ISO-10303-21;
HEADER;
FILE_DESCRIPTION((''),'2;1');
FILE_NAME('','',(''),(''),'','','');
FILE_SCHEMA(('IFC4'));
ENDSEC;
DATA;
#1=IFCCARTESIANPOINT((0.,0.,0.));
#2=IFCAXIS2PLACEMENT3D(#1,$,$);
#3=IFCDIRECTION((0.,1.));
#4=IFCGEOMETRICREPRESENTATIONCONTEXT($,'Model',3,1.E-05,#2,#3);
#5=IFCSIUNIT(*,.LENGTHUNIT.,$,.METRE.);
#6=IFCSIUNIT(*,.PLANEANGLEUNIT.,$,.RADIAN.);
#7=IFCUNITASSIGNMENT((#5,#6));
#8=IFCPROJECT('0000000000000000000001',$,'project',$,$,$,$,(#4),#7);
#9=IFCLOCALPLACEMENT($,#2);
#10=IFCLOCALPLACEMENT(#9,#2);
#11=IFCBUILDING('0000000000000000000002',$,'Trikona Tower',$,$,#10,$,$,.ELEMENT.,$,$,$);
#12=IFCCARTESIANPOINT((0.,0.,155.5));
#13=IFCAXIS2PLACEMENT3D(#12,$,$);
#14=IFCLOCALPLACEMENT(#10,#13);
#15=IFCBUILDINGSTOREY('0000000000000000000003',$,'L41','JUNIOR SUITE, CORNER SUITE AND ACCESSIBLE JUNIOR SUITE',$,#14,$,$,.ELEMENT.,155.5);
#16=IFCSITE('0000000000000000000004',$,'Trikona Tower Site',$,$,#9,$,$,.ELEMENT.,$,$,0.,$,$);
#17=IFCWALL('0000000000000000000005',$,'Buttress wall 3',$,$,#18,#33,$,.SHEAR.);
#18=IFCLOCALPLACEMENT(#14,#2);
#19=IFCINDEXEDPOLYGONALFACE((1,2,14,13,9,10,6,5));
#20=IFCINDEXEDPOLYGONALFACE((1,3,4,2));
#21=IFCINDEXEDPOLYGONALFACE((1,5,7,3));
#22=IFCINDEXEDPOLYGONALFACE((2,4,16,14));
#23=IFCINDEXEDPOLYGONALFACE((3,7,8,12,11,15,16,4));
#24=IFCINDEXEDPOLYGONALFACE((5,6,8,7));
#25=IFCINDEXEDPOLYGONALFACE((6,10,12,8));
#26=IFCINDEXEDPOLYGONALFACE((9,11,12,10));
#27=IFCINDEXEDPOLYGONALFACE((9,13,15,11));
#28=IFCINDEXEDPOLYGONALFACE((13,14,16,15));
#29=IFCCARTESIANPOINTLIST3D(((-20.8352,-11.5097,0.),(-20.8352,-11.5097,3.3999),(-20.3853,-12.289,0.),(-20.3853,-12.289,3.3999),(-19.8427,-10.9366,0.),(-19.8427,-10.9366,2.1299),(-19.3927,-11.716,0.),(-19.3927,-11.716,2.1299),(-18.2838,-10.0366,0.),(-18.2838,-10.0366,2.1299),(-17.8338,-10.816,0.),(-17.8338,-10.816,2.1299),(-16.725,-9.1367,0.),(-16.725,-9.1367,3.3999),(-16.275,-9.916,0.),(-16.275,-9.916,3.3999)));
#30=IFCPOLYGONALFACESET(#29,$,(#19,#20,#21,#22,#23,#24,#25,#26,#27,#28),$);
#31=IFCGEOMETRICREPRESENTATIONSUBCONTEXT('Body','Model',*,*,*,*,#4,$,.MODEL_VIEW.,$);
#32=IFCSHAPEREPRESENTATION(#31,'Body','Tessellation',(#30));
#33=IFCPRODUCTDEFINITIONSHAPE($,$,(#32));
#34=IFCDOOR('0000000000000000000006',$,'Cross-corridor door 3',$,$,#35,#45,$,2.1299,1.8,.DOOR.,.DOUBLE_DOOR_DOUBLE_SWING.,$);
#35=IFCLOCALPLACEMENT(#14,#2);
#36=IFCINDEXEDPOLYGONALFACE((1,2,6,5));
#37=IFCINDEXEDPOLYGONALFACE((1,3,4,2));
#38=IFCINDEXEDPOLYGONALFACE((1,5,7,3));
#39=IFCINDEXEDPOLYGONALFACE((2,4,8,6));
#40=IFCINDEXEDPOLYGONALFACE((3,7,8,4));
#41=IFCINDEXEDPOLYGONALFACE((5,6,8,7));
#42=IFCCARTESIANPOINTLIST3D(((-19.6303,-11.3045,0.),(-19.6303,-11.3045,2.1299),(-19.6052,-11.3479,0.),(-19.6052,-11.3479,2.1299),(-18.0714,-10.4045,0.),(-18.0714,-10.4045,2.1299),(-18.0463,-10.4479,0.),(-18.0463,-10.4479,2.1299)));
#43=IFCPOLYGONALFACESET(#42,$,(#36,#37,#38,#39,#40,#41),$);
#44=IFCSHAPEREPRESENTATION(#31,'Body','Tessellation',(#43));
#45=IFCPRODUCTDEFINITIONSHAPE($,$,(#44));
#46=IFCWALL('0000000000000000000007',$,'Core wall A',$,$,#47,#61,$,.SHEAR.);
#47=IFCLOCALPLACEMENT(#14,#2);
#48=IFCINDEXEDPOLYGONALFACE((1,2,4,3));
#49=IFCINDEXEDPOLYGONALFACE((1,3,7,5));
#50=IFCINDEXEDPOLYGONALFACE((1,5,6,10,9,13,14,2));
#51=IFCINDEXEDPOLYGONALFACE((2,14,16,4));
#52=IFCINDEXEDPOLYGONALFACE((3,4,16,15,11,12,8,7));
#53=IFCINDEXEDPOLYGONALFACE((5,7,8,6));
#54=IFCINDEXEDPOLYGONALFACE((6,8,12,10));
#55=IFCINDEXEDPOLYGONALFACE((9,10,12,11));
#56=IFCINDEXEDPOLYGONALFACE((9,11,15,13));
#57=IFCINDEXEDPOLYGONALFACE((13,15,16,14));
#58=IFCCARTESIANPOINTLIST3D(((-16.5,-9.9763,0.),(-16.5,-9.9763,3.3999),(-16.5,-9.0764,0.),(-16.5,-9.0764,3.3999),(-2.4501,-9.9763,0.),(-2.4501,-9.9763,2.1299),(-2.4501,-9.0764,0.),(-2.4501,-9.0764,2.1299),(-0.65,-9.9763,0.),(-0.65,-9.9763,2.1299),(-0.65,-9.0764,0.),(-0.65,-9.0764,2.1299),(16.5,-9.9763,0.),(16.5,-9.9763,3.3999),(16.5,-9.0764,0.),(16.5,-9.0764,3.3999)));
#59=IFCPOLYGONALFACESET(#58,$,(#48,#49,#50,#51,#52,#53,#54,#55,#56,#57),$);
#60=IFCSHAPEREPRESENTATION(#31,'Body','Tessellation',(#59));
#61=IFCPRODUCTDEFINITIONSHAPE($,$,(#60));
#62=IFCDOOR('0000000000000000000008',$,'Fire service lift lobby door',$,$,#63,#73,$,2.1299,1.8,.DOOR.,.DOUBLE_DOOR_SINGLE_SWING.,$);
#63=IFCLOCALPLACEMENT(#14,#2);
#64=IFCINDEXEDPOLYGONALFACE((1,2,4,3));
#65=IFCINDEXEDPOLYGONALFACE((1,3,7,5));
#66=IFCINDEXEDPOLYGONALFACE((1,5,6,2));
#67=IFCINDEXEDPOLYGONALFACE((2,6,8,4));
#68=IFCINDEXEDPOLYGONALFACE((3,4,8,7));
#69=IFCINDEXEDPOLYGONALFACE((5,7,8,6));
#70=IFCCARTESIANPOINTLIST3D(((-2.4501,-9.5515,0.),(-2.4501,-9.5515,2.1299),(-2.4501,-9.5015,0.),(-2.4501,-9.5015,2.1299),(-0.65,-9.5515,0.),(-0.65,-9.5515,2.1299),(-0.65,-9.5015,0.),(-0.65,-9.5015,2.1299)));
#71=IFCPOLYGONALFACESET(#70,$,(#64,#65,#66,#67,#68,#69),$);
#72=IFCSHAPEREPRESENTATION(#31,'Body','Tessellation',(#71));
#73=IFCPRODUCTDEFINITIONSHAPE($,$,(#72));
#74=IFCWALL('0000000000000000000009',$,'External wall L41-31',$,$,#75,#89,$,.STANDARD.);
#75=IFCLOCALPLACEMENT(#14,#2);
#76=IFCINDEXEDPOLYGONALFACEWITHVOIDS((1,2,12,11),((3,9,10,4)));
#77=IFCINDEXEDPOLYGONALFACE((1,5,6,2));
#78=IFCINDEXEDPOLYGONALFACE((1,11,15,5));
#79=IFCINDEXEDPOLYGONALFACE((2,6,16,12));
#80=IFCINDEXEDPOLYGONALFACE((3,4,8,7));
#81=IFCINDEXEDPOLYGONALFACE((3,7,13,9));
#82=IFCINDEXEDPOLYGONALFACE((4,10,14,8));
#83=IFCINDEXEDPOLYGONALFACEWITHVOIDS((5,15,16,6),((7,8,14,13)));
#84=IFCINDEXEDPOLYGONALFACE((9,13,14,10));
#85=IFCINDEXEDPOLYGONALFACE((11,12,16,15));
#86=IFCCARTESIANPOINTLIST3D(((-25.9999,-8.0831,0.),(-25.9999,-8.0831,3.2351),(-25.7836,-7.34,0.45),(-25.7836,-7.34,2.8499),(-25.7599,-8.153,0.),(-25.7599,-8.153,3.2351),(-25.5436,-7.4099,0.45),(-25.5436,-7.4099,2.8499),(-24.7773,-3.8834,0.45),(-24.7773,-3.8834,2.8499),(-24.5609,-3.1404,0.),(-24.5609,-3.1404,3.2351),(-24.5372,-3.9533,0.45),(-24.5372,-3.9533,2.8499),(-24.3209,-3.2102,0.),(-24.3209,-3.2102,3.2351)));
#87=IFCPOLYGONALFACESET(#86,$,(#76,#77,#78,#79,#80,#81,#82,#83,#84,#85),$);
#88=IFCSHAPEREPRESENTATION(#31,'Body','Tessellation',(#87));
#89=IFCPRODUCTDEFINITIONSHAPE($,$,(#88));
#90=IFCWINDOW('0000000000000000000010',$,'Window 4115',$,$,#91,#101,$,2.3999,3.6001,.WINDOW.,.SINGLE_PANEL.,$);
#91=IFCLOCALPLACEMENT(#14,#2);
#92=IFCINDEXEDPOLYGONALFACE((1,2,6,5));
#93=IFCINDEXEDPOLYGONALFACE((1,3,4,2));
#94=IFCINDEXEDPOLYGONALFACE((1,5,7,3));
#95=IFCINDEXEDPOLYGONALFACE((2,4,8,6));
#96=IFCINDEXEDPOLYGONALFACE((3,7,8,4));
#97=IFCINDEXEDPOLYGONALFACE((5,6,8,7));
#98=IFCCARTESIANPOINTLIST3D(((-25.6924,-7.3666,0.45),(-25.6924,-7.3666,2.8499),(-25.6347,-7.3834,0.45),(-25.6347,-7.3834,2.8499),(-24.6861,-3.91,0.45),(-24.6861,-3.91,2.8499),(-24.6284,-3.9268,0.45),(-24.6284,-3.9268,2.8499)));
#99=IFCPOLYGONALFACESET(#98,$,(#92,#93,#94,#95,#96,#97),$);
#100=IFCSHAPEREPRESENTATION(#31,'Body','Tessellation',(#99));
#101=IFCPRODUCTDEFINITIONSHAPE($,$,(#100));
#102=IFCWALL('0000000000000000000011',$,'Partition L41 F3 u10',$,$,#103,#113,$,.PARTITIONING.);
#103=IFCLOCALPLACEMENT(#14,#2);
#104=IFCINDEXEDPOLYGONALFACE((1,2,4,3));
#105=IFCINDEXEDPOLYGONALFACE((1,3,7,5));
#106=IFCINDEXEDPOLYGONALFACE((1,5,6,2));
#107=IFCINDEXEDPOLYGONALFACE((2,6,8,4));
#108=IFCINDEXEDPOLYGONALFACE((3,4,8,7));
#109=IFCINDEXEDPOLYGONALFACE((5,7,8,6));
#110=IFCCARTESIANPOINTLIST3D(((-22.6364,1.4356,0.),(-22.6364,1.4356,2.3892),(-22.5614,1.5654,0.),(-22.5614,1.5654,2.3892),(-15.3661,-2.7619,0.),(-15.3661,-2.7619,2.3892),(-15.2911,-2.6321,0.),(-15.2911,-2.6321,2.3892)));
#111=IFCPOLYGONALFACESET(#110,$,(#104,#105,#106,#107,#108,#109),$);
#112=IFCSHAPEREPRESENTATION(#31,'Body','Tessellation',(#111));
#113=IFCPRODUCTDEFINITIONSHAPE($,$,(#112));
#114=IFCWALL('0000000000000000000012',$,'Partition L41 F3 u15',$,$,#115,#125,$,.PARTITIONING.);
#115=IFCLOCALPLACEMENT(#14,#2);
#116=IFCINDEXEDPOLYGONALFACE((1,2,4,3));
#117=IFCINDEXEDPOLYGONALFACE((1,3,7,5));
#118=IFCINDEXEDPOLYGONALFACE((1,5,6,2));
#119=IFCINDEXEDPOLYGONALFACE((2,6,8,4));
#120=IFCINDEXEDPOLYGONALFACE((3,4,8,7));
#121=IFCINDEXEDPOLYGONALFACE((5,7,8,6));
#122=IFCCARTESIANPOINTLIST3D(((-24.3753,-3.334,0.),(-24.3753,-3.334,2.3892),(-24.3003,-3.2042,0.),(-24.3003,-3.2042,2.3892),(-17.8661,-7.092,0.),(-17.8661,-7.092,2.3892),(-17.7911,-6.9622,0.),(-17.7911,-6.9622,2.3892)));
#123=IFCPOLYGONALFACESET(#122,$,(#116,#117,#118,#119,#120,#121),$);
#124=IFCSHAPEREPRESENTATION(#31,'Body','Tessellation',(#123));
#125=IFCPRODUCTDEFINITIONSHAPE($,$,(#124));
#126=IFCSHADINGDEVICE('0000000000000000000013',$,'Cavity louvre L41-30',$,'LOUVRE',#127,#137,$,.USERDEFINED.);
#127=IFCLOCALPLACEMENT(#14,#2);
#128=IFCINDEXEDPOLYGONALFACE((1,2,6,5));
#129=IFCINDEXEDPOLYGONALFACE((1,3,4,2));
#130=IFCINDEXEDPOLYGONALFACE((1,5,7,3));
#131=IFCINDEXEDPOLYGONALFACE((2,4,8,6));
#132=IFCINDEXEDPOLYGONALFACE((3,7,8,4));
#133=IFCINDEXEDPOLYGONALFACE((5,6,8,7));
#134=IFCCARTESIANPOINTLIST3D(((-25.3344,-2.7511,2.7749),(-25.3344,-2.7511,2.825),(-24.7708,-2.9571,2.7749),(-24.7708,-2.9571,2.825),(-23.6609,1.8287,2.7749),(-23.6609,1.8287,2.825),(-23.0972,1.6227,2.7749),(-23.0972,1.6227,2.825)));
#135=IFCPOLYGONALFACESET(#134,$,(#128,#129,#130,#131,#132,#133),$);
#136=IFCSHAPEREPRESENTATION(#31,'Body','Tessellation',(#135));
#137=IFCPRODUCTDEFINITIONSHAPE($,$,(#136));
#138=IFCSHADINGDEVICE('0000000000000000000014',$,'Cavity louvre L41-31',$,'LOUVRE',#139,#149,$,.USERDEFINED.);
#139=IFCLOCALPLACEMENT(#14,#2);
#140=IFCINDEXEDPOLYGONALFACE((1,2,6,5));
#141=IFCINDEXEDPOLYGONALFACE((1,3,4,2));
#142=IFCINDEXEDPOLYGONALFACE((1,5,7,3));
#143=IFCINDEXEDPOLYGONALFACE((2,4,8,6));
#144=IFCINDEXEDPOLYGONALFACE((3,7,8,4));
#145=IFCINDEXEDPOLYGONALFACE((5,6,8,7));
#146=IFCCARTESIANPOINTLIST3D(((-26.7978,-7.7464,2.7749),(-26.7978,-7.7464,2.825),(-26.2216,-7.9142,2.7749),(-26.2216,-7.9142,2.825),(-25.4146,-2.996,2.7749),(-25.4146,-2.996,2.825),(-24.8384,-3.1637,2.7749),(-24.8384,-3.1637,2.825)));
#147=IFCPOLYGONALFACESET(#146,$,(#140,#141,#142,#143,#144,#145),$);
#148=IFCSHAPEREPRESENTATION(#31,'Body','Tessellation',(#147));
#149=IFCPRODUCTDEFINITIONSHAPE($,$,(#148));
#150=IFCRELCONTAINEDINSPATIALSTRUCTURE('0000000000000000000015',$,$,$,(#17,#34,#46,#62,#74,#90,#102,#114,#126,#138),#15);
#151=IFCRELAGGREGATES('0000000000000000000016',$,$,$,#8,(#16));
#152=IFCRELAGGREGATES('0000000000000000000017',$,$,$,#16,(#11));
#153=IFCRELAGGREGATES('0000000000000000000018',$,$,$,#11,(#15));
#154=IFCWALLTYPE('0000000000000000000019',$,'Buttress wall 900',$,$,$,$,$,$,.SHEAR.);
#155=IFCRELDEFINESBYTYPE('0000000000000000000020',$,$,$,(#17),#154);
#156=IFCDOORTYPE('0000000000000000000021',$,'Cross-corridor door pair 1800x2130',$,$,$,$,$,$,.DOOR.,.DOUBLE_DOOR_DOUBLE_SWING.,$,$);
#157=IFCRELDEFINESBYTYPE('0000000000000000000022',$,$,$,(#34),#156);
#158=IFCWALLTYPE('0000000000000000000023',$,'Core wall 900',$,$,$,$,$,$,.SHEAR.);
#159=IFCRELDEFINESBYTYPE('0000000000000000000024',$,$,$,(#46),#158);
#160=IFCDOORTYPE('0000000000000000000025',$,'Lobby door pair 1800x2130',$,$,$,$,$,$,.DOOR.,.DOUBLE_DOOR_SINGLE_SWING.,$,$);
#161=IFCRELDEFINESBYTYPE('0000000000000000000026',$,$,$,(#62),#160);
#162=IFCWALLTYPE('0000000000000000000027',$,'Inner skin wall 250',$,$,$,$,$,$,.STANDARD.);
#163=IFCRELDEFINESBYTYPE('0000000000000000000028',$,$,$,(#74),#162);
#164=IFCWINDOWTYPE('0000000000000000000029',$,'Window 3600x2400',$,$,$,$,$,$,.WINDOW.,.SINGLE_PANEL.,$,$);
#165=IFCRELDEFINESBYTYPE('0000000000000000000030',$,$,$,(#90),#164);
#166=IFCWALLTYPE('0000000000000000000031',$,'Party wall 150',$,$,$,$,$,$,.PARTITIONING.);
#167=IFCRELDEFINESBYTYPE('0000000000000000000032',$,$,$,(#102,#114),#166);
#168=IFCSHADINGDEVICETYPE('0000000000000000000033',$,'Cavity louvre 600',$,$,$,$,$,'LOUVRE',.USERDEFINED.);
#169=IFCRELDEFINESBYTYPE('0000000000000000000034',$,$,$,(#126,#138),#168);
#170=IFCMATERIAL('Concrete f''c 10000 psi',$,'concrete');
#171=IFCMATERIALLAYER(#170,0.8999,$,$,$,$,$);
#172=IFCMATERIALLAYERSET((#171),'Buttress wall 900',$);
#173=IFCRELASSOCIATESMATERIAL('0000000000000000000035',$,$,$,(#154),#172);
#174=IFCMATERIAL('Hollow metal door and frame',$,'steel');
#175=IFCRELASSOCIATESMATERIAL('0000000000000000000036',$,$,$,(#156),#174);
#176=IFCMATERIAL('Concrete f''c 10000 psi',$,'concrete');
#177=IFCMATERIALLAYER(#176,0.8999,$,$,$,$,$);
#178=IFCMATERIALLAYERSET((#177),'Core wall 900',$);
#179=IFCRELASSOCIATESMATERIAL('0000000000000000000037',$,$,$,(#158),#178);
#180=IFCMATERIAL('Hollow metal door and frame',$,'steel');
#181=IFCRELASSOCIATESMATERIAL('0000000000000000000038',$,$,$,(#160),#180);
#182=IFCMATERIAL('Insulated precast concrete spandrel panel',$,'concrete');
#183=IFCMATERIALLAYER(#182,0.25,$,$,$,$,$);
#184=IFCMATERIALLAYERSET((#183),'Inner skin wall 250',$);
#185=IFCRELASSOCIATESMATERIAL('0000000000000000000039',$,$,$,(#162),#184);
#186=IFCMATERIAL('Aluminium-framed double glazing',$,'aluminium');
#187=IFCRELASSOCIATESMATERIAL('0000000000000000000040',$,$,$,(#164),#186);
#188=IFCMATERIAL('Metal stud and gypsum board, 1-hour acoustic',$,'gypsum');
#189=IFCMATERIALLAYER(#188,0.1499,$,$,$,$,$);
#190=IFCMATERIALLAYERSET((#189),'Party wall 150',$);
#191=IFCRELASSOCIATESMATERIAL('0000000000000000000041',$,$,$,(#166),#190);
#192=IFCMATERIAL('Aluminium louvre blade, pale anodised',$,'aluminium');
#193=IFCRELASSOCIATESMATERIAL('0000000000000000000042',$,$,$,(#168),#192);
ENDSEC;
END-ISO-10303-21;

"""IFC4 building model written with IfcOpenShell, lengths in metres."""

from ifc_helpers import new_model, si_unit, direction, frame, frame_2d, origin, origin_2d, place, context, subcontext, project, spatial, rectangle, extrude, material, layer, layer_set, type_object, element, fill, save


model = new_model("IFC4")

# Units and contexts
model_context = context("Model", 3, precision=1e-05, world=origin(), true_north=direction((0.0, 1.0)))
body_context = subcontext(model_context, "Body", "Model", "MODEL_VIEW")
ifc_project = project(units=[si_unit("LENGTHUNIT", "METRE"), si_unit("PLANEANGLEUNIT", "RADIAN")], contexts=[model_context])

# Site, building, storey
site_placement = place(None, origin())
site = spatial("IfcSite", under=ifc_project, at=site_placement, Name="Trikona Tower Site", CompositionType="ELEMENT", RefElevation=0.0)
building_placement = place(site_placement, origin())
building = spatial("IfcBuilding", under=site, at=building_placement, Name="Trikona Tower", CompositionType="ELEMENT")
storey_placement = place(building_placement, frame((0.0, 0.0, 155.5)))
storey = spatial("IfcBuildingStorey", under=building, at=storey_placement, Name="L41", Description="JUNIOR SUITE, CORNER SUITE AND ACCESSIBLE JUNIOR SUITE", CompositionType="ELEMENT", Elevation=155.5)

# Walls, openings, doors
ifc_material_1 = material(Name="Concrete f'c 10000 psi", Category="concrete")
ifc_layer_1 = layer(ifc_material_1, 0.8999)
ifc_layer_set_1 = layer_set([ifc_layer_1], Name="Buttress wall 900")
wall_type_1 = type_object("IfcWallType", Name="Buttress wall 900", PredefinedType="SHEAR", material=ifc_layer_set_1)
wall_1_placement = place(storey_placement, frame((-16.5, -9.5264, 0.0), z_axis=(0.0, 0.0, 1.0), x_axis=(-0.866031, -0.49999, 0.0)))
wall_1 = element("IfcWall", 1, at=wall_1_placement, inside=storey, type_object=wall_type_1, Name="Buttress wall 3", PredefinedType="SHEAR", context=body_context, shape_type="SweptSolid", body=[
    extrude(rectangle(XDim=4.7461, YDim=0.8999, at=frame_2d((2.373, 0.0))), origin(), (0.0, 0.0, 1.0), 3.3999),
])
opening_1_placement = place(wall_1_placement, frame((1.8, 0.0, 0.0)))
opening_1 = element("IfcOpeningElement", 2, at=opening_1_placement, cuts=wall_1, PredefinedType="OPENING", context=body_context, shape_type="SweptSolid", body=[
    extrude(rectangle(XDim=1.8, YDim=2.1299, at=frame_2d((0.8999, 1.0649))), frame((0.0, 0.46, 0.0), z_axis=(0.0, -1.0, 0.0), x_axis=(1.0, 0.0, 0.0)), (0.0, 0.0, 1.0), 0.9199),
])
ifc_material_2 = material(Name="Hollow metal door and frame", Category="steel")
door_type_1 = type_object("IfcDoorType", Name="Cross-corridor door pair 1800x2130", OperationType="DOUBLE_DOOR_DOUBLE_SWING", PredefinedType="DOOR", material=ifc_material_2)
door_1_placement = place(opening_1_placement, origin())
door_1 = element("IfcDoor", 3, at=door_1_placement, inside=storey, type_object=door_type_1, Name="Cross-corridor door 3", OperationType="DOUBLE_DOOR_DOUBLE_SWING", OverallHeight=2.1299, OverallWidth=1.8, PredefinedType="DOOR", context=body_context, shape_type="SweptSolid", body=[
    extrude(rectangle(XDim=1.8, YDim=2.1299, at=frame_2d((0.8999, 1.0649))), frame((0.0, 0.0249, 0.0), z_axis=(0.0, -1.0, 0.0), x_axis=(1.0, 0.0, 0.0)), (0.0, 0.0, 1.0), 0.05),
])
fill(opening_1, door_1)
ifc_material_3 = material(Name="Concrete f'c 10000 psi", Category="concrete")
ifc_layer_2 = layer(ifc_material_3, 0.8999)
ifc_layer_set_2 = layer_set([ifc_layer_2], Name="Core wall 900")
wall_type_2 = type_object("IfcWallType", Name="Core wall 900", PredefinedType="SHEAR", material=ifc_layer_set_2)
wall_2_placement = place(storey_placement, frame((-16.5, -9.5264, 0.0), z_axis=(0.0, 0.0, 1.0), x_axis=(1.0, 0.0, 0.0)))
wall_2 = element("IfcWall", 4, at=wall_2_placement, inside=storey, type_object=wall_type_2, Name="Core wall A", PredefinedType="SHEAR", context=body_context, shape_type="SweptSolid", body=[
    extrude(rectangle(XDim=33.0, YDim=0.8999, at=frame_2d((16.5, 0.0))), origin(), (0.0, 0.0, 1.0), 3.3999),
])
opening_2_placement = place(wall_2_placement, frame((14.05, 0.0, 0.0)))
opening_2 = element("IfcOpeningElement", 5, at=opening_2_placement, cuts=wall_2, PredefinedType="OPENING", context=body_context, shape_type="SweptSolid", body=[
    extrude(rectangle(XDim=1.8, YDim=2.1299, at=frame_2d((0.8999, 1.0649))), frame((0.0, 0.46, 0.0), z_axis=(0.0, -1.0, 0.0), x_axis=(1.0, 0.0, 0.0)), (0.0, 0.0, 1.0), 0.9199),
])
ifc_material_4 = material(Name="Hollow metal door and frame", Category="steel")
door_type_2 = type_object("IfcDoorType", Name="Lobby door pair 1800x2130", OperationType="DOUBLE_DOOR_SINGLE_SWING", PredefinedType="DOOR", material=ifc_material_4)
door_2_placement = place(opening_2_placement, origin())
door_2 = element("IfcDoor", 6, at=door_2_placement, inside=storey, type_object=door_type_2, Name="Fire service lift lobby door", OperationType="DOUBLE_DOOR_SINGLE_SWING", OverallHeight=2.1299, OverallWidth=1.8, PredefinedType="DOOR", context=body_context, shape_type="SweptSolid", body=[
    extrude(rectangle(XDim=1.8, YDim=2.1299, at=frame_2d((0.8999, 1.0649))), frame((0.0, 0.0249, 0.0), z_axis=(0.0, -1.0, 0.0), x_axis=(1.0, 0.0, 0.0)), (0.0, 0.0, 1.0), 0.05),
])
fill(opening_2, door_2)

# Wall, opening, window
ifc_material_5 = material(Name="Insulated precast concrete spandrel panel", Category="concrete")
ifc_layer_3 = layer(ifc_material_5, 0.25)
ifc_layer_set_3 = layer_set([ifc_layer_3], Name="Inner skin wall 250")
wall_type_3 = type_object("IfcWallType", Name="Inner skin wall 250", PredefinedType="STANDARD", material=ifc_layer_set_3)
wall_3_placement = place(storey_placement, frame((-24.4409, -3.1753, 0.0), z_axis=(0.0, 0.0, 1.0), x_axis=(-0.279528, -0.960137, 0.0)))
wall_3 = element("IfcWall", 7, at=wall_3_placement, inside=storey, type_object=wall_type_3, Name="External wall L41-31", PredefinedType="STANDARD", context=body_context, shape_type="SweptSolid", body=[
    extrude(rectangle(XDim=5.1479, YDim=0.25, at=frame_2d((2.574, 0.0))), origin(), (0.0, 0.0, 1.0), 3.2351),
])
opening_3_placement = place(wall_3_placement, frame((0.7739, 0.0, 0.45)))
opening_3 = element("IfcOpeningElement", 8, at=opening_3_placement, cuts=wall_3, PredefinedType="OPENING", context=body_context, shape_type="SweptSolid", body=[
    extrude(rectangle(XDim=3.6001, YDim=2.3999, at=frame_2d((1.8, 1.2))), frame((0.0, 0.135, 0.0), z_axis=(0.0, -1.0, 0.0), x_axis=(1.0, 0.0, 0.0)), (0.0, 0.0, 1.0), 0.27),
])
ifc_material_6 = material(Name="Aluminium-framed double glazing", Category="aluminium")
window_type_1 = type_object("IfcWindowType", Name="Window 3600x2400", PartitioningType="SINGLE_PANEL", PredefinedType="WINDOW", material=ifc_material_6)
window_1_placement = place(opening_3_placement, origin())
window_1 = element("IfcWindow", 9, at=window_1_placement, inside=storey, type_object=window_type_1, Name="Window 4115", OverallHeight=2.3999, OverallWidth=3.6001, PartitioningType="SINGLE_PANEL", PredefinedType="WINDOW", context=body_context, shape_type="SweptSolid", body=[
    extrude(rectangle(XDim=3.6001, YDim=2.3999, at=frame_2d((1.8, 1.2))), frame((0.0, 0.03, 0.0), z_axis=(0.0, -1.0, 0.0), x_axis=(1.0, 0.0, 0.0)), (0.0, 0.0, 1.0), 0.0601),
])
fill(opening_3, window_1)

# Walls
ifc_material_7 = material(Name="Metal stud and gypsum board, 1-hour acoustic", Category="gypsum")
ifc_layer_4 = layer(ifc_material_7, 0.1499)
ifc_layer_set_4 = layer_set([ifc_layer_4], Name="Party wall 150")
wall_type_4 = type_object("IfcWallType", Name="Party wall 150", PredefinedType="PARTITIONING", material=ifc_layer_set_4)
wall_4_placement = place(storey_placement, frame((-15.3286, -2.697, 0.0), z_axis=(0.0, 0.0, 1.0), x_axis=(-0.866024, 0.500002, 0.0)))
element("IfcWall", 10, at=wall_4_placement, inside=storey, type_object=wall_type_4, Name="Partition L41 F3 u10", PredefinedType="PARTITIONING", context=body_context, shape_type="SweptSolid", body=[
    extrude(rectangle(XDim=8.395, YDim=0.1499, at=frame_2d((4.1975, 0.0))), origin(), (0.0, 0.0, 1.0), 2.3892),
])
wall_5_placement = place(storey_placement, frame((-17.8286, -7.0271, 0.0), z_axis=(0.0, 0.0, 1.0), x_axis=(-0.86603, 0.499992, 0.0)))
element("IfcWall", 11, at=wall_5_placement, inside=storey, type_object=wall_type_4, Name="Partition L41 F3 u15", PredefinedType="PARTITIONING", context=body_context, shape_type="SweptSolid", body=[
    extrude(rectangle(XDim=7.5161, YDim=0.1499, at=frame_2d((3.7581, 0.0))), origin(), (0.0, 0.0, 1.0), 2.3892),
])

# Shading devices
ifc_material_8 = material(Name="Aluminium louvre blade, pale anodised", Category="aluminium")
shading_device_type = type_object("IfcShadingDeviceType", Name="Cavity louvre 600", ElementType="LOUVRE", PredefinedType="USERDEFINED", material=ifc_material_8)
shading_device_1_placement = place(storey_placement, frame((-24.2158, -0.5642, 2.7749), z_axis=(0.0, 0.0, 1.0), x_axis=(-0.34322, -0.939255, 0.0)))
element("IfcShadingDevice", 12, at=shading_device_1_placement, inside=storey, type_object=shading_device_type, Name="Cavity louvre L41-30", ObjectType="LOUVRE", PredefinedType="USERDEFINED", context=body_context, shape_type="SweptSolid", body=[
    extrude(rectangle(XDim=4.876, YDim=0.6001, at=origin_2d()), origin(), (0.0, 0.0, 1.0), 0.05),
])
shading_device_2_placement = place(storey_placement, frame((-25.8181, -5.4551, 2.7749), z_axis=(0.0, 0.0, 1.0), x_axis=(-0.279554, -0.96013, 0.0)))
element("IfcShadingDevice", 13, at=shading_device_2_placement, inside=storey, type_object=shading_device_type, Name="Cavity louvre L41-31", ObjectType="LOUVRE", PredefinedType="USERDEFINED", context=body_context, shape_type="SweptSolid", body=[
    extrude(rectangle(XDim=4.9478, YDim=0.6001, at=origin_2d()), origin(), (0.0, 0.0, 1.0), 0.05),
])

save(model, "model.ifc")
